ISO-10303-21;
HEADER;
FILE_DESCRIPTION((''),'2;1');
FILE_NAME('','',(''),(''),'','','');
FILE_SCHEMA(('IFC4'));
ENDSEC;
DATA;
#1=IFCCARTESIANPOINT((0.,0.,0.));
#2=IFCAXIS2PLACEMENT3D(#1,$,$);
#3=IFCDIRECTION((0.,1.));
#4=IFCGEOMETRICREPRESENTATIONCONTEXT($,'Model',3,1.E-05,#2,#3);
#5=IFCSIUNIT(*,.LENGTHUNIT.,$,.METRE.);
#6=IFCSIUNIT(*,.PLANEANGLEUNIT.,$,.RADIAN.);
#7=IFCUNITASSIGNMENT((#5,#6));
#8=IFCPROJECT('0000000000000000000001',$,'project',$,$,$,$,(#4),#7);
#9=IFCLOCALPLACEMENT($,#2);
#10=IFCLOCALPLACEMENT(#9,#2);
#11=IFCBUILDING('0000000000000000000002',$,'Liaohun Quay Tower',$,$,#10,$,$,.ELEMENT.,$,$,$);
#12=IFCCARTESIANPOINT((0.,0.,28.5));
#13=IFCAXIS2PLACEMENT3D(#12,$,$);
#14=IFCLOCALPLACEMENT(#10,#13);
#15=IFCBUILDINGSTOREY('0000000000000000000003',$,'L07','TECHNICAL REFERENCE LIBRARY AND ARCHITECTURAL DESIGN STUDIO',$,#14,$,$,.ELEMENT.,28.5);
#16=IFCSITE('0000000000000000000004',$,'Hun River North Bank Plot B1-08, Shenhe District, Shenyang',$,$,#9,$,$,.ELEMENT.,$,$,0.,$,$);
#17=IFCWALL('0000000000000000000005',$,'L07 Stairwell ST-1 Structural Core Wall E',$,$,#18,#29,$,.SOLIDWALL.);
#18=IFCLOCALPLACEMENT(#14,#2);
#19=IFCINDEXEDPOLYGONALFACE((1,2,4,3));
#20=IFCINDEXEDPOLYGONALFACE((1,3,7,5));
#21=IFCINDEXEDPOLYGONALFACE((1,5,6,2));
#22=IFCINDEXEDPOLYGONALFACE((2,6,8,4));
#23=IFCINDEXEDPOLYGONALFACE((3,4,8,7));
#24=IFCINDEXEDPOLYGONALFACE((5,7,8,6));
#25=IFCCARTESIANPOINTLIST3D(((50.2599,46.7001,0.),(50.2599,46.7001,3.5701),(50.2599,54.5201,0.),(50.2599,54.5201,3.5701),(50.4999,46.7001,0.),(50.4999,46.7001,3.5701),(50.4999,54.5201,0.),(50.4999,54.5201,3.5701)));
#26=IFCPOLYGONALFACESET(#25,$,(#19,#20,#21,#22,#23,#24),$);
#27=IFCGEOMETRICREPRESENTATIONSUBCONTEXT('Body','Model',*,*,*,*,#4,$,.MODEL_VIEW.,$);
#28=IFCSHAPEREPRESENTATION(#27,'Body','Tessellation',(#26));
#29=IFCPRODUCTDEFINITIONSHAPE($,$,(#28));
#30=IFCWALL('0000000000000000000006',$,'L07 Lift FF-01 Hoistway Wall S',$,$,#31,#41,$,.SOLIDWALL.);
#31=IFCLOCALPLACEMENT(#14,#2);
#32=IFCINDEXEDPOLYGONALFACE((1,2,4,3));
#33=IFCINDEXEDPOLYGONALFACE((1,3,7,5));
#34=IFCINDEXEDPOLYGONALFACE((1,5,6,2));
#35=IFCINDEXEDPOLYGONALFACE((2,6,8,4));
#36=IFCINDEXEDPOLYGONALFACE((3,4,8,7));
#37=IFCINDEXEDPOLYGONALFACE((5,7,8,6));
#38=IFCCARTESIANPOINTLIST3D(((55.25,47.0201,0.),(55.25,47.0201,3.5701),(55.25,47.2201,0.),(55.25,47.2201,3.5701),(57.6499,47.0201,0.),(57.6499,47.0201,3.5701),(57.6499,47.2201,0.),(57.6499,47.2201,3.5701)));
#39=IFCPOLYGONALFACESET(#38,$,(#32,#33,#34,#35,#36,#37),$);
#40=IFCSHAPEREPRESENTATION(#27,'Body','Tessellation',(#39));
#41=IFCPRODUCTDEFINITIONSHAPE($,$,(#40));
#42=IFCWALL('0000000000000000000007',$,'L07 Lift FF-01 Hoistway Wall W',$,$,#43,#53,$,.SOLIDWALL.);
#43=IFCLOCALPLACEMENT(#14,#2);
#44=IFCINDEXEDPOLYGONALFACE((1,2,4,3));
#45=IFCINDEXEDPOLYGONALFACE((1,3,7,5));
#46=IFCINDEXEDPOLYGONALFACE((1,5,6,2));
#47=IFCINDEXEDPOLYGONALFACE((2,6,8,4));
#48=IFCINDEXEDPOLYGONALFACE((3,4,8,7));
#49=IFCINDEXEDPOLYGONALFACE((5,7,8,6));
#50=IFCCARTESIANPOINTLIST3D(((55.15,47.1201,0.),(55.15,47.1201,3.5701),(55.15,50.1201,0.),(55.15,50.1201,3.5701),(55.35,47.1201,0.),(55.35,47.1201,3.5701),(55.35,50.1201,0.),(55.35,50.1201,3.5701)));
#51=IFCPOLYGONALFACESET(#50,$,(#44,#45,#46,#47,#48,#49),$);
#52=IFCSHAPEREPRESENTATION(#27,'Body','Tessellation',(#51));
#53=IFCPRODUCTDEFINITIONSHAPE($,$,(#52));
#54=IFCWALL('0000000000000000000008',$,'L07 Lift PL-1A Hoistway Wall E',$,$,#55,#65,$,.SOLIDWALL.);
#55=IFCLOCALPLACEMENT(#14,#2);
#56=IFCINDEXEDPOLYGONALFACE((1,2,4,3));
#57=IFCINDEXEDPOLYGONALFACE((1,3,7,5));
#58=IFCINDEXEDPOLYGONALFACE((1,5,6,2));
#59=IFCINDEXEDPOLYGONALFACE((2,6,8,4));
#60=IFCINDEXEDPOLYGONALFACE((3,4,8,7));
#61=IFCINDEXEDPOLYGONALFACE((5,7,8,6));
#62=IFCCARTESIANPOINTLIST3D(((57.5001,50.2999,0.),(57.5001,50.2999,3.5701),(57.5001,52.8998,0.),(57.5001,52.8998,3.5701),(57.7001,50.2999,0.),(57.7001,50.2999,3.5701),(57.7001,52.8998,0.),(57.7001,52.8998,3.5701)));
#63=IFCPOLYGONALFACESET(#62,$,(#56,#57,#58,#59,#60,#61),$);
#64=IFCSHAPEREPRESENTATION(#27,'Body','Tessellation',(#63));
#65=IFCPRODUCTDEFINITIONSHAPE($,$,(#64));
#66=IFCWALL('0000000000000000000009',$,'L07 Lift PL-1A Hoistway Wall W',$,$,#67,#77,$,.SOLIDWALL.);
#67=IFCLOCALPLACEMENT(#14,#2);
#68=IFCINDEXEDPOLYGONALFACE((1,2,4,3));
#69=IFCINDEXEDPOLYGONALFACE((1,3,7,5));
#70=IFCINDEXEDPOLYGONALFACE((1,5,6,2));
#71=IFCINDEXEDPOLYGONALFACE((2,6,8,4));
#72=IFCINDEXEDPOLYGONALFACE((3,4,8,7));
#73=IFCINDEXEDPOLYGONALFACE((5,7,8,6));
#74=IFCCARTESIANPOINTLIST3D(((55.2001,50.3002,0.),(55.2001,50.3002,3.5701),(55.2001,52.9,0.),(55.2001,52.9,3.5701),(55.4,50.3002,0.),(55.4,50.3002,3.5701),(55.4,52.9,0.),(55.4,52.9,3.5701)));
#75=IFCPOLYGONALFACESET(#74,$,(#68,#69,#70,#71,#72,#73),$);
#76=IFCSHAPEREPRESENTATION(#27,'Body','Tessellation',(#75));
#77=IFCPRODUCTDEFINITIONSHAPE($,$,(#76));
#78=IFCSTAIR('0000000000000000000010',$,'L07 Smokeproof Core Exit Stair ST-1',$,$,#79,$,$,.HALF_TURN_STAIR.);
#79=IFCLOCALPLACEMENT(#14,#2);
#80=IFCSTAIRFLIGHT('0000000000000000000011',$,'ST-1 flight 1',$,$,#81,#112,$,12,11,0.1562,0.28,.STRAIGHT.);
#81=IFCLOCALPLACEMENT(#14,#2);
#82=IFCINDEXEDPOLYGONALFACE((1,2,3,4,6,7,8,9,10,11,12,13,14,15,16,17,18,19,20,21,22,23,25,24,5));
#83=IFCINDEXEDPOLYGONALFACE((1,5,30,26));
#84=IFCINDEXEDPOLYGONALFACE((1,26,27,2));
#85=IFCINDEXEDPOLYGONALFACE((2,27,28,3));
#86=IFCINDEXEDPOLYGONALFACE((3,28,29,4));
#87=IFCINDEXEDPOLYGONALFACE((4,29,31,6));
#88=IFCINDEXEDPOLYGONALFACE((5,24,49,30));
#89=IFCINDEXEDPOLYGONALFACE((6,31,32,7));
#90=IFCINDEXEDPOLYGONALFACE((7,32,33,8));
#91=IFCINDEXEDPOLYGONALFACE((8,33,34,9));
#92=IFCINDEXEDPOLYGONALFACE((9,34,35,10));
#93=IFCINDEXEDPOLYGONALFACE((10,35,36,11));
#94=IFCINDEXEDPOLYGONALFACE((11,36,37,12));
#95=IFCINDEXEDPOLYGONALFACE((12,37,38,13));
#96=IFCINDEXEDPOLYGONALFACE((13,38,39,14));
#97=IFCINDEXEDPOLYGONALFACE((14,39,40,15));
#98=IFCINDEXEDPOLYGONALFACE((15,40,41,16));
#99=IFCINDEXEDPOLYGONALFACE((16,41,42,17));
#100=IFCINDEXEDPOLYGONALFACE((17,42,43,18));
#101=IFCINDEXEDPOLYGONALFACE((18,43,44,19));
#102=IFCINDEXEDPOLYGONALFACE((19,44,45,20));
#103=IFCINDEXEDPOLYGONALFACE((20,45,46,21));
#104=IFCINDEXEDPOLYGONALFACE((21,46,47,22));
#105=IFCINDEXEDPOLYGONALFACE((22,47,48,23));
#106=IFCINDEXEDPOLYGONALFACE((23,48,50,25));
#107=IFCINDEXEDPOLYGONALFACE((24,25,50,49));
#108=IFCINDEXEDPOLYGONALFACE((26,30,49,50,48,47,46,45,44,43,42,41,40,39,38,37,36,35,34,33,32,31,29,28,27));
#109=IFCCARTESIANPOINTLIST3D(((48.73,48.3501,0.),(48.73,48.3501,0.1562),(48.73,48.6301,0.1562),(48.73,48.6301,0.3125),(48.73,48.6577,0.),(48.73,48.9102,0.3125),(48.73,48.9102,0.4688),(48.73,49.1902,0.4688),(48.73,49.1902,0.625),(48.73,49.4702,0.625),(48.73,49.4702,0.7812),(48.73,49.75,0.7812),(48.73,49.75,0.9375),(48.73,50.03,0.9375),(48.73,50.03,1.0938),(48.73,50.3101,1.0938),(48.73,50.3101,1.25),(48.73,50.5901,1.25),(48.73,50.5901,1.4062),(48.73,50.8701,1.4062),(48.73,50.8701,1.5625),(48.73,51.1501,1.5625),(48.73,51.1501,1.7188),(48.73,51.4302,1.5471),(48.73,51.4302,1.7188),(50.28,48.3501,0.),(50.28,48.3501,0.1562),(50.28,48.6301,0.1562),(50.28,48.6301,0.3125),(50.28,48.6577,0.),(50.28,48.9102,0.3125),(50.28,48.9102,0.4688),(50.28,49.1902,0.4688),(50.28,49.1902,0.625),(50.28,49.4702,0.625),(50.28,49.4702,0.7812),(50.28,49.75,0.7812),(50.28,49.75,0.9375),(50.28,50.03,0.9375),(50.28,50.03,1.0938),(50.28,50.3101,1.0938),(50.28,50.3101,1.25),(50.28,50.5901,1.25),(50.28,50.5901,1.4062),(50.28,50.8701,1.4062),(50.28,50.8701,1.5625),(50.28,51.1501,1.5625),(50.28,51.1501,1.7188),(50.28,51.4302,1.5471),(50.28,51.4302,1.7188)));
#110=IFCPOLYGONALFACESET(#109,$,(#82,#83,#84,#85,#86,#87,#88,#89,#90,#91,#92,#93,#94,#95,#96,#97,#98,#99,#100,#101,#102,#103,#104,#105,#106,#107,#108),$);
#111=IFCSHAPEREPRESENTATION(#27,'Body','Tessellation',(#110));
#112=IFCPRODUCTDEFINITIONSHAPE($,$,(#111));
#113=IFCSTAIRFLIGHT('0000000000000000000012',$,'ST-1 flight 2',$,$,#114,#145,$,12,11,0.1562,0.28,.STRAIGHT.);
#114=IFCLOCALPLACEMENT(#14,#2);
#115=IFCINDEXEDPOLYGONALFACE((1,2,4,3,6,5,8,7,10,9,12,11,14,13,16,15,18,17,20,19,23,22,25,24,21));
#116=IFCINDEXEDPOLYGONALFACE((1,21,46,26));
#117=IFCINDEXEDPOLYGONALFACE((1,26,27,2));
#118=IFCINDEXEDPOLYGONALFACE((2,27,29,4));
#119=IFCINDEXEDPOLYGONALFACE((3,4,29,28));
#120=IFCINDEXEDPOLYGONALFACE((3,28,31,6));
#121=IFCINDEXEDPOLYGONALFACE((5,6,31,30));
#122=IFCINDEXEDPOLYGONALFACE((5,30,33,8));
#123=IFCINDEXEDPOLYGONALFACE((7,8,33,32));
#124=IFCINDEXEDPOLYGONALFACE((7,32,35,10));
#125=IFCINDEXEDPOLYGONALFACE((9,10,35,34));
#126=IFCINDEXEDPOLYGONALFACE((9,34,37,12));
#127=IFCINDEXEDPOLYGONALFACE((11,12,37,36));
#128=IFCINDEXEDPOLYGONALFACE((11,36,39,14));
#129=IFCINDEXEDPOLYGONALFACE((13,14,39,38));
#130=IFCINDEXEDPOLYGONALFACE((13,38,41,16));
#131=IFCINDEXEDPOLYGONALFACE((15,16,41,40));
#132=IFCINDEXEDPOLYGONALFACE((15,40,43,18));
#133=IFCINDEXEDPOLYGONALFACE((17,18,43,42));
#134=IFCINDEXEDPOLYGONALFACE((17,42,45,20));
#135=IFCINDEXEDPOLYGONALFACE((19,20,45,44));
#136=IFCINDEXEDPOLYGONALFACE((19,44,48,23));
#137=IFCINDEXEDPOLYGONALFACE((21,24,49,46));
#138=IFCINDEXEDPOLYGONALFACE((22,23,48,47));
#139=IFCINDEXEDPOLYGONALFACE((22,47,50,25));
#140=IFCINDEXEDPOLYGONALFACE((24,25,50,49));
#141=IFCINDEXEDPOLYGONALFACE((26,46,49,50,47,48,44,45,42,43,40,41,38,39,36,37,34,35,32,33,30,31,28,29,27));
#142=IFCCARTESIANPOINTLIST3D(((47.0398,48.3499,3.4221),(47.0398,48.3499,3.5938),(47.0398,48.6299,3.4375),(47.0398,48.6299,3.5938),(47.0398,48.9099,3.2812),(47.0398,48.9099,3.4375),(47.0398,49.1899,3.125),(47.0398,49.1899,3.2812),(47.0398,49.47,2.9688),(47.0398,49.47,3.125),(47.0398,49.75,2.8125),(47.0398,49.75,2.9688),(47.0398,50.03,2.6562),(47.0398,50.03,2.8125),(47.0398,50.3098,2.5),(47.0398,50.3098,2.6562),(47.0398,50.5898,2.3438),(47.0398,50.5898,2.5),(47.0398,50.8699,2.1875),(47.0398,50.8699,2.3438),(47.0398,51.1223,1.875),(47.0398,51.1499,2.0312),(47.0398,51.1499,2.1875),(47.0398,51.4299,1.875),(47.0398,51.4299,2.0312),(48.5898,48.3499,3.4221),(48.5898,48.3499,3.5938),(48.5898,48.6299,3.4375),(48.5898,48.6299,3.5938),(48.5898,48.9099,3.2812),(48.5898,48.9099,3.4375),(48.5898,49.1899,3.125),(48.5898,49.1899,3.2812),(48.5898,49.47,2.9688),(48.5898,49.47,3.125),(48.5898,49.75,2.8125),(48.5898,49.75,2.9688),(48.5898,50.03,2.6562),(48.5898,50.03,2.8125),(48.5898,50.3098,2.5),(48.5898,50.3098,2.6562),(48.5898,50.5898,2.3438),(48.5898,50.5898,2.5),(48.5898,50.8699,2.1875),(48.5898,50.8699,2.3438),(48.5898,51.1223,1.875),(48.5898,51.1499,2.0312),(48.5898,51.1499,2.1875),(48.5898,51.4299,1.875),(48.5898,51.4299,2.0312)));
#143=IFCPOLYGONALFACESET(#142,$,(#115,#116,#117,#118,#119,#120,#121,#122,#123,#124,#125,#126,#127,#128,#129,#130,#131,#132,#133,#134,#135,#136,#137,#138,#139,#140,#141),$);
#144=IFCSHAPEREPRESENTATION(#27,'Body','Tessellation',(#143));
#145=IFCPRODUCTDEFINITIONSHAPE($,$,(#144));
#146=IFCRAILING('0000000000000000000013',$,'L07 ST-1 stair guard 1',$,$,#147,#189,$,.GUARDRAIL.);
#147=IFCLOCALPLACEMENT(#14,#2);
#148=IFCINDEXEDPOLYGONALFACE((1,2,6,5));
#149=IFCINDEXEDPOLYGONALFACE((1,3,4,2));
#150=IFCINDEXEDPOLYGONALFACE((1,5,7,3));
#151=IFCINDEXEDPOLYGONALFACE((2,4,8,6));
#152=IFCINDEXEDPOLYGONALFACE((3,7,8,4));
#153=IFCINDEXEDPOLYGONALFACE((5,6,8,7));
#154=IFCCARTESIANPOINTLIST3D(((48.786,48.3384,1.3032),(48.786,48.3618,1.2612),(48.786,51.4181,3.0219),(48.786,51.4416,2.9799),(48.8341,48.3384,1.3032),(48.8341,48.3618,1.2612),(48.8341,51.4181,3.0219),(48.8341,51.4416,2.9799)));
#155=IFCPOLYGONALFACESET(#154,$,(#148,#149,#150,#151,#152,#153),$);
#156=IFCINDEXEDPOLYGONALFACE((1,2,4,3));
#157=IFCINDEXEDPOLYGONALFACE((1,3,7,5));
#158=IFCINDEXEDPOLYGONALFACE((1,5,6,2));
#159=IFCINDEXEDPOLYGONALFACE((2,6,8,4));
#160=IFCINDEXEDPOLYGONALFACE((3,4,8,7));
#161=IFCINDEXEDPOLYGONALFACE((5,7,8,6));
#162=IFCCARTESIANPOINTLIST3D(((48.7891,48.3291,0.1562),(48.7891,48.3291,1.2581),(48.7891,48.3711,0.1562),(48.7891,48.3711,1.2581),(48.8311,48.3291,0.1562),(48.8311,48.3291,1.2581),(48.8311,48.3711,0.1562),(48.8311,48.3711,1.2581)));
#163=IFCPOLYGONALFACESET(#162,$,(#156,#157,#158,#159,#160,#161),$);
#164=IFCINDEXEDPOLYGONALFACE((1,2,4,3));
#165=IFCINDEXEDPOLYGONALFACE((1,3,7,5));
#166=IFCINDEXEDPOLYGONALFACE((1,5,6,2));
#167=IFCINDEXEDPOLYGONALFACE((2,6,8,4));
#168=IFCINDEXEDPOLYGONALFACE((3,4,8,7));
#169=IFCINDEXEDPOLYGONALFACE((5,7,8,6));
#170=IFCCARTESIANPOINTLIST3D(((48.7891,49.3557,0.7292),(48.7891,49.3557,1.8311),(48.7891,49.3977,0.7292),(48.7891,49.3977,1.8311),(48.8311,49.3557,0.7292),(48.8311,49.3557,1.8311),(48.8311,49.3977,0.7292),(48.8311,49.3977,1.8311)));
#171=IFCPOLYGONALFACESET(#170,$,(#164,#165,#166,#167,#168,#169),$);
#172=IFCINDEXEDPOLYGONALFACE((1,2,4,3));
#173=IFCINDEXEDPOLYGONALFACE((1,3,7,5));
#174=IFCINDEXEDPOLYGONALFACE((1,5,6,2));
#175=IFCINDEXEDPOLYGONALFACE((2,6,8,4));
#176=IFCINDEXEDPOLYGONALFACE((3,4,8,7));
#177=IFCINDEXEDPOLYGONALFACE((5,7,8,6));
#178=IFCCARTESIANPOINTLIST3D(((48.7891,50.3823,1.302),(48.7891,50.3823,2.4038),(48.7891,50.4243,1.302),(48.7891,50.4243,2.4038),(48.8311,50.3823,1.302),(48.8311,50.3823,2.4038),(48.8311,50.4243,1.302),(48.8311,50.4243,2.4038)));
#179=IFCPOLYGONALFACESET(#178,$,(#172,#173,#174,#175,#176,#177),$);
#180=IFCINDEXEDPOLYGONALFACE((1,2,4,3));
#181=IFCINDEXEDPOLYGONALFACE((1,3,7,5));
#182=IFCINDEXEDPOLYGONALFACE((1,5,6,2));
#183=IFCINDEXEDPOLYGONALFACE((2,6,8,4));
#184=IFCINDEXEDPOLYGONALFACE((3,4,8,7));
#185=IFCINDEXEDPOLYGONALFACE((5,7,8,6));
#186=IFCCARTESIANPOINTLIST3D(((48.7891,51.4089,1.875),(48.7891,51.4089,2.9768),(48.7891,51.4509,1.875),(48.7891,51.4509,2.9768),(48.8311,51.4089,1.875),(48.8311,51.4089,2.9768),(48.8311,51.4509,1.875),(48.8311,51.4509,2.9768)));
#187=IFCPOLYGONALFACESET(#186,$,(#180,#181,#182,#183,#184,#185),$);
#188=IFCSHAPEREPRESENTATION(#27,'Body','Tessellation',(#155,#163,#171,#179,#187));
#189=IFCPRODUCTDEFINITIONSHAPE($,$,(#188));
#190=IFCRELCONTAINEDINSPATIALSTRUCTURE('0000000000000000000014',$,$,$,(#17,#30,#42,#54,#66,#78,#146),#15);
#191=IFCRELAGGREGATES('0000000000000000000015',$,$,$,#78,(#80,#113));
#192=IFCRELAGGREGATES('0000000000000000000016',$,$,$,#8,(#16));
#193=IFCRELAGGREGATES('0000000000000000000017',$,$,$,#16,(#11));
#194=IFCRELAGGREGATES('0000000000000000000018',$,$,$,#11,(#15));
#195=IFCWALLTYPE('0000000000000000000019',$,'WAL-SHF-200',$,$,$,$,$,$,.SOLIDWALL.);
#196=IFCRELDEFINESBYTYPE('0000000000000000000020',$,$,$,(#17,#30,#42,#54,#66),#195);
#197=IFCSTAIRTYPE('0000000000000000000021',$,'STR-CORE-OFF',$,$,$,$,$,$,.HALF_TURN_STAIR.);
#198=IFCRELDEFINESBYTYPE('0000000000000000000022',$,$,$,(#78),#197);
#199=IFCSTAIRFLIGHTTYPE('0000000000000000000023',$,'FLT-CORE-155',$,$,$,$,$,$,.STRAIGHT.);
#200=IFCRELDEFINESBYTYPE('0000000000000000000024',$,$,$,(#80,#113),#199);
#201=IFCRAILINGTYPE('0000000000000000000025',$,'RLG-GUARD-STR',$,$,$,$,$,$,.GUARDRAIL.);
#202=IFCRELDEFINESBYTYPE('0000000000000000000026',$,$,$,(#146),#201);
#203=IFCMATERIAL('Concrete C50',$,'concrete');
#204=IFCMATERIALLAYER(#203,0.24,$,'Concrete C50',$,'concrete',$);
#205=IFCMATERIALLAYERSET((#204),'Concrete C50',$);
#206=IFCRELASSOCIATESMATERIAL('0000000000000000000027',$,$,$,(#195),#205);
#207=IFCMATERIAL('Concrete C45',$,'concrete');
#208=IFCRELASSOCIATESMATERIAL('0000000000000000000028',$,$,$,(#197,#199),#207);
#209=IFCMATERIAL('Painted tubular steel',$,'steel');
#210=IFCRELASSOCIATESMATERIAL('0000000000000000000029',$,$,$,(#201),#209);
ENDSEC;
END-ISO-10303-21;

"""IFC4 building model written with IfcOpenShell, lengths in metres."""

from ifc_helpers import new_model, si_unit, direction, frame, frame_2d, origin, origin_2d, place, context, subcontext, project, spatial, polyline, rectangle, outline, extrude, material, layer, layer_set, type_object, element, aggregate, save


model = new_model("IFC4")

# Units and contexts
model_context = context("Model", 3, precision=1e-05, world=origin(), true_north=direction((0.0, 1.0)))
body_context = subcontext(model_context, "Body", "Model", "MODEL_VIEW")
ifc_project = project(units=[si_unit("LENGTHUNIT", "METRE"), si_unit("PLANEANGLEUNIT", "RADIAN")], contexts=[model_context])

# Site, building, storey
site_placement = place(None, origin())
site = spatial("IfcSite", under=ifc_project, at=site_placement, Name="Hun River North Bank Plot B1-08, Shenhe District, Shenyang", CompositionType="ELEMENT", RefElevation=0.0)
building_placement = place(site_placement, origin())
building = spatial("IfcBuilding", under=site, at=building_placement, Name="Liaohun Quay Tower", CompositionType="ELEMENT")
storey_placement = place(building_placement, frame((0.0, 0.0, 28.5)))
storey = spatial("IfcBuildingStorey", under=building, at=storey_placement, Name="L07", Description="TECHNICAL REFERENCE LIBRARY AND ARCHITECTURAL DESIGN STUDIO", CompositionType="ELEMENT", Elevation=28.5)

# Shared definitions
ifc_material_1 = material(Name="Concrete C50", Category="concrete")

# Walls
ifc_layer_1 = layer(ifc_material_1, 0.24, Name="Concrete C50", Category="concrete")
ifc_layer_set_1 = layer_set([ifc_layer_1], Name="Concrete C50")
wall_type_1 = type_object("IfcWallType", Name="WAL-SHF-200", PredefinedType="SOLIDWALL", material=ifc_layer_set_1)
wall_1_placement = place(storey_placement, frame((50.3799, 46.7, 0.0), z_axis=(0.0, 0.0, 1.0), x_axis=(0.0, 1.0, 0.0)))
element("IfcWall", 1, at=wall_1_placement, inside=storey, type_object=wall_type_1, Name="L07 Stairwell ST-1 Structural Core Wall E", PredefinedType="SOLIDWALL", context=body_context, shape_type="SweptSolid", body=[
    extrude(rectangle(XDim=7.8201, YDim=0.24, at=frame_2d((3.9102, 0.0))), origin(), (0.0, 0.0, 1.0), 3.5701),
])
wall_2_placement = place(storey_placement, frame((55.25, 47.1201, 0.0), z_axis=(0.0, 0.0, 1.0), x_axis=(1.0, 0.0, 0.0)))
element("IfcWall", 2, at=wall_2_placement, inside=storey, type_object=wall_type_1, Name="L07 Lift FF-01 Hoistway Wall S", PredefinedType="SOLIDWALL", context=body_context, shape_type="SweptSolid", body=[
    extrude(rectangle(XDim=2.3999, YDim=0.2, at=frame_2d((1.2, 0.0))), origin(), (0.0, 0.0, 1.0), 3.5701),
])
wall_3_placement = place(storey_placement, frame((55.25, 50.1201, 0.0), z_axis=(0.0, 0.0, 1.0), x_axis=(0.0, -1.0, 0.0)))
element("IfcWall", 3, at=wall_3_placement, inside=storey, type_object=wall_type_1, Name="L07 Lift FF-01 Hoistway Wall W", PredefinedType="SOLIDWALL", context=body_context, shape_type="SweptSolid", body=[
    extrude(rectangle(XDim=3.0, YDim=0.2, at=frame_2d((1.5, 0.0))), origin(), (0.0, 0.0, 1.0), 3.5701),
])
for number, where, z_axis, x_axis, name in (
    (4, (57.6001, 50.3, 0.0), (0.0, 0.0, 1.0), (0.0, 1.0, 0.0), "L07 Lift PL-1A Hoistway Wall E"),
    (5, (55.3, 52.8999, 0.0), (0.0, 0.0, 1.0), (0.0, -1.0, 0.0), "L07 Lift PL-1A Hoistway Wall W"),
):
    element("IfcWall", number, at=place(storey_placement, frame(where, z_axis=z_axis, x_axis=x_axis)), inside=storey, type_object=wall_type_1, Name=name, PredefinedType="SOLIDWALL", context=body_context, shape_type="SweptSolid", body=[
        extrude(rectangle(XDim=2.5999, YDim=0.2, at=frame_2d((1.2998, 0.0))), origin(), (0.0, 0.0, 1.0), 3.5701),
    ])

# Stair, stair flights
ifc_material_2 = material(Name="Concrete C45", Category="concrete")
stair_type = type_object("IfcStairType", Name="STR-CORE-OFF", PredefinedType="HALF_TURN_STAIR", material=ifc_material_2)
stair_placement = place(storey_placement, origin())
stair = element("IfcStair", 6, at=stair_placement, inside=storey, type_object=stair_type, Name="L07 Smokeproof Core Exit Stair ST-1", PredefinedType="HALF_TURN_STAIR")
stair_flight_type = type_object("IfcStairFlightType", Name="FLT-CORE-155", PredefinedType="STRAIGHT", material=ifc_material_2)
stair_flight_1_placement = place(storey_placement, frame((49.5049, 48.3501, 0.0), z_axis=(0.0, 0.0, 1.0), x_axis=(0.0, 1.0, 0.0)))
stair_flight_1 = element("IfcStairFlight", 7, at=stair_flight_1_placement, type_object=stair_flight_type, Name="ST-1 flight 1", NumberOfRisers=12, NumberOfTreads=11, PredefinedType="STRAIGHT", RiserHeight=0.1562, TreadLength=0.28, context=body_context, shape_type="SweptSolid", body=[
    extrude(outline(polyline([(0.0, 0.0), (0.0, 0.1562), (0.28, 0.1562), (0.28, 0.3125), (0.5601, 0.3125), (0.5601, 0.4688), (0.8401, 0.4688), (0.8401, 0.625), (1.1201, 0.625), (1.1201, 0.7812), (1.3999, 0.7812), (1.3999, 0.9375), (1.6799, 0.9375), (1.6799, 1.0938), (1.96, 1.0938), (1.96, 1.25), (2.24, 1.25), (2.24, 1.4062), (2.52, 1.4062), (2.52, 1.5625), (2.8, 1.5625), (2.8, 1.7188), (3.0801, 1.7188), (3.0801, 1.875), (3.0801, 1.5471), (0.3076, 0.0), (0.0, 0.0)])), frame((0.0, 0.7749, 0.0), z_axis=(0.0, -1.0, 0.0), x_axis=(1.0, 0.0, 0.0)), (0.0, 0.0, 1.0), 1.55),
])
stair_flight_2_placement = place(storey_placement, frame((47.8149, 51.4299, 1.875), z_axis=(0.0, 0.0, 1.0), x_axis=(0.0, -1.0, 0.0)))
stair_flight_2 = element("IfcStairFlight", 8, at=stair_flight_2_placement, type_object=stair_flight_type, Name="ST-1 flight 2", NumberOfRisers=12, NumberOfTreads=11, PredefinedType="STRAIGHT", RiserHeight=0.1562, TreadLength=0.28, context=body_context, shape_type="SweptSolid", body=[
    extrude(outline(polyline([(0.0, 0.0), (0.0, 0.1562), (0.28, 0.1562), (0.28, 0.3125), (0.5601, 0.3125), (0.5601, 0.4688), (0.8401, 0.4688), (0.8401, 0.625), (1.1201, 0.625), (1.1201, 0.7812), (1.3999, 0.7812), (1.3999, 0.9375), (1.6799, 0.9375), (1.6799, 1.0938), (1.96, 1.0938), (1.96, 1.25), (2.24, 1.25), (2.24, 1.4062), (2.52, 1.4062), (2.52, 1.5625), (2.8, 1.5625), (2.8, 1.7188), (3.0801, 1.7188), (3.0801, 1.875), (3.0801, 1.5471), (0.3076, 0.0), (0.0, 0.0)])), frame((0.0, 0.7749, 0.0), z_axis=(0.0, -1.0, 0.0), x_axis=(1.0, 0.0, 0.0)), (0.0, 0.0, 1.0), 1.55),
])
aggregate(stair, [stair_flight_1, stair_flight_2])

# Railing
ifc_material_3 = material(Name="Painted tubular steel", Category="steel")
railing_type_1 = type_object("IfcRailingType", Name="RLG-GUARD-STR", PredefinedType="GUARDRAIL", material=ifc_material_3)
railing_1_placement = place(storey_placement, frame((48.8101, 48.3501, 0.1562)))
element("IfcRailing", 9, at=railing_1_placement, inside=storey, type_object=railing_type_1, Name="L07 ST-1 stair guard 1", PredefinedType="GUARDRAIL", context=body_context, shape_type="SweptSolid", body=[
    extrude(rectangle(XDim=0.0481, YDim=0.0481, at=origin_2d()), frame((0.0, 0.0, 1.126), z_axis=(0.0, 0.873225, 0.487317), x_axis=(-1.0, 0.0, 0.0)), (0.0, 0.0, 1.0), 3.5269),
    extrude(rectangle(XDim=0.042, YDim=0.042, at=origin_2d()), origin(), (0.0, 0.0, 1.0), 1.1018),
    extrude(rectangle(XDim=0.042, YDim=0.042, at=origin_2d()), frame((0.0, 1.0266, 0.573)), (0.0, 0.0, 1.0), 1.1018),
    extrude(rectangle(XDim=0.042, YDim=0.042, at=origin_2d()), frame((0.0, 2.0532, 1.1458)), (0.0, 0.0, 1.0), 1.1018),
    extrude(rectangle(XDim=0.042, YDim=0.042, at=origin_2d()), frame((0.0, 3.0798, 1.7188)), (0.0, 0.0, 1.0), 1.1018),
])

save(model, "model.ifc")
